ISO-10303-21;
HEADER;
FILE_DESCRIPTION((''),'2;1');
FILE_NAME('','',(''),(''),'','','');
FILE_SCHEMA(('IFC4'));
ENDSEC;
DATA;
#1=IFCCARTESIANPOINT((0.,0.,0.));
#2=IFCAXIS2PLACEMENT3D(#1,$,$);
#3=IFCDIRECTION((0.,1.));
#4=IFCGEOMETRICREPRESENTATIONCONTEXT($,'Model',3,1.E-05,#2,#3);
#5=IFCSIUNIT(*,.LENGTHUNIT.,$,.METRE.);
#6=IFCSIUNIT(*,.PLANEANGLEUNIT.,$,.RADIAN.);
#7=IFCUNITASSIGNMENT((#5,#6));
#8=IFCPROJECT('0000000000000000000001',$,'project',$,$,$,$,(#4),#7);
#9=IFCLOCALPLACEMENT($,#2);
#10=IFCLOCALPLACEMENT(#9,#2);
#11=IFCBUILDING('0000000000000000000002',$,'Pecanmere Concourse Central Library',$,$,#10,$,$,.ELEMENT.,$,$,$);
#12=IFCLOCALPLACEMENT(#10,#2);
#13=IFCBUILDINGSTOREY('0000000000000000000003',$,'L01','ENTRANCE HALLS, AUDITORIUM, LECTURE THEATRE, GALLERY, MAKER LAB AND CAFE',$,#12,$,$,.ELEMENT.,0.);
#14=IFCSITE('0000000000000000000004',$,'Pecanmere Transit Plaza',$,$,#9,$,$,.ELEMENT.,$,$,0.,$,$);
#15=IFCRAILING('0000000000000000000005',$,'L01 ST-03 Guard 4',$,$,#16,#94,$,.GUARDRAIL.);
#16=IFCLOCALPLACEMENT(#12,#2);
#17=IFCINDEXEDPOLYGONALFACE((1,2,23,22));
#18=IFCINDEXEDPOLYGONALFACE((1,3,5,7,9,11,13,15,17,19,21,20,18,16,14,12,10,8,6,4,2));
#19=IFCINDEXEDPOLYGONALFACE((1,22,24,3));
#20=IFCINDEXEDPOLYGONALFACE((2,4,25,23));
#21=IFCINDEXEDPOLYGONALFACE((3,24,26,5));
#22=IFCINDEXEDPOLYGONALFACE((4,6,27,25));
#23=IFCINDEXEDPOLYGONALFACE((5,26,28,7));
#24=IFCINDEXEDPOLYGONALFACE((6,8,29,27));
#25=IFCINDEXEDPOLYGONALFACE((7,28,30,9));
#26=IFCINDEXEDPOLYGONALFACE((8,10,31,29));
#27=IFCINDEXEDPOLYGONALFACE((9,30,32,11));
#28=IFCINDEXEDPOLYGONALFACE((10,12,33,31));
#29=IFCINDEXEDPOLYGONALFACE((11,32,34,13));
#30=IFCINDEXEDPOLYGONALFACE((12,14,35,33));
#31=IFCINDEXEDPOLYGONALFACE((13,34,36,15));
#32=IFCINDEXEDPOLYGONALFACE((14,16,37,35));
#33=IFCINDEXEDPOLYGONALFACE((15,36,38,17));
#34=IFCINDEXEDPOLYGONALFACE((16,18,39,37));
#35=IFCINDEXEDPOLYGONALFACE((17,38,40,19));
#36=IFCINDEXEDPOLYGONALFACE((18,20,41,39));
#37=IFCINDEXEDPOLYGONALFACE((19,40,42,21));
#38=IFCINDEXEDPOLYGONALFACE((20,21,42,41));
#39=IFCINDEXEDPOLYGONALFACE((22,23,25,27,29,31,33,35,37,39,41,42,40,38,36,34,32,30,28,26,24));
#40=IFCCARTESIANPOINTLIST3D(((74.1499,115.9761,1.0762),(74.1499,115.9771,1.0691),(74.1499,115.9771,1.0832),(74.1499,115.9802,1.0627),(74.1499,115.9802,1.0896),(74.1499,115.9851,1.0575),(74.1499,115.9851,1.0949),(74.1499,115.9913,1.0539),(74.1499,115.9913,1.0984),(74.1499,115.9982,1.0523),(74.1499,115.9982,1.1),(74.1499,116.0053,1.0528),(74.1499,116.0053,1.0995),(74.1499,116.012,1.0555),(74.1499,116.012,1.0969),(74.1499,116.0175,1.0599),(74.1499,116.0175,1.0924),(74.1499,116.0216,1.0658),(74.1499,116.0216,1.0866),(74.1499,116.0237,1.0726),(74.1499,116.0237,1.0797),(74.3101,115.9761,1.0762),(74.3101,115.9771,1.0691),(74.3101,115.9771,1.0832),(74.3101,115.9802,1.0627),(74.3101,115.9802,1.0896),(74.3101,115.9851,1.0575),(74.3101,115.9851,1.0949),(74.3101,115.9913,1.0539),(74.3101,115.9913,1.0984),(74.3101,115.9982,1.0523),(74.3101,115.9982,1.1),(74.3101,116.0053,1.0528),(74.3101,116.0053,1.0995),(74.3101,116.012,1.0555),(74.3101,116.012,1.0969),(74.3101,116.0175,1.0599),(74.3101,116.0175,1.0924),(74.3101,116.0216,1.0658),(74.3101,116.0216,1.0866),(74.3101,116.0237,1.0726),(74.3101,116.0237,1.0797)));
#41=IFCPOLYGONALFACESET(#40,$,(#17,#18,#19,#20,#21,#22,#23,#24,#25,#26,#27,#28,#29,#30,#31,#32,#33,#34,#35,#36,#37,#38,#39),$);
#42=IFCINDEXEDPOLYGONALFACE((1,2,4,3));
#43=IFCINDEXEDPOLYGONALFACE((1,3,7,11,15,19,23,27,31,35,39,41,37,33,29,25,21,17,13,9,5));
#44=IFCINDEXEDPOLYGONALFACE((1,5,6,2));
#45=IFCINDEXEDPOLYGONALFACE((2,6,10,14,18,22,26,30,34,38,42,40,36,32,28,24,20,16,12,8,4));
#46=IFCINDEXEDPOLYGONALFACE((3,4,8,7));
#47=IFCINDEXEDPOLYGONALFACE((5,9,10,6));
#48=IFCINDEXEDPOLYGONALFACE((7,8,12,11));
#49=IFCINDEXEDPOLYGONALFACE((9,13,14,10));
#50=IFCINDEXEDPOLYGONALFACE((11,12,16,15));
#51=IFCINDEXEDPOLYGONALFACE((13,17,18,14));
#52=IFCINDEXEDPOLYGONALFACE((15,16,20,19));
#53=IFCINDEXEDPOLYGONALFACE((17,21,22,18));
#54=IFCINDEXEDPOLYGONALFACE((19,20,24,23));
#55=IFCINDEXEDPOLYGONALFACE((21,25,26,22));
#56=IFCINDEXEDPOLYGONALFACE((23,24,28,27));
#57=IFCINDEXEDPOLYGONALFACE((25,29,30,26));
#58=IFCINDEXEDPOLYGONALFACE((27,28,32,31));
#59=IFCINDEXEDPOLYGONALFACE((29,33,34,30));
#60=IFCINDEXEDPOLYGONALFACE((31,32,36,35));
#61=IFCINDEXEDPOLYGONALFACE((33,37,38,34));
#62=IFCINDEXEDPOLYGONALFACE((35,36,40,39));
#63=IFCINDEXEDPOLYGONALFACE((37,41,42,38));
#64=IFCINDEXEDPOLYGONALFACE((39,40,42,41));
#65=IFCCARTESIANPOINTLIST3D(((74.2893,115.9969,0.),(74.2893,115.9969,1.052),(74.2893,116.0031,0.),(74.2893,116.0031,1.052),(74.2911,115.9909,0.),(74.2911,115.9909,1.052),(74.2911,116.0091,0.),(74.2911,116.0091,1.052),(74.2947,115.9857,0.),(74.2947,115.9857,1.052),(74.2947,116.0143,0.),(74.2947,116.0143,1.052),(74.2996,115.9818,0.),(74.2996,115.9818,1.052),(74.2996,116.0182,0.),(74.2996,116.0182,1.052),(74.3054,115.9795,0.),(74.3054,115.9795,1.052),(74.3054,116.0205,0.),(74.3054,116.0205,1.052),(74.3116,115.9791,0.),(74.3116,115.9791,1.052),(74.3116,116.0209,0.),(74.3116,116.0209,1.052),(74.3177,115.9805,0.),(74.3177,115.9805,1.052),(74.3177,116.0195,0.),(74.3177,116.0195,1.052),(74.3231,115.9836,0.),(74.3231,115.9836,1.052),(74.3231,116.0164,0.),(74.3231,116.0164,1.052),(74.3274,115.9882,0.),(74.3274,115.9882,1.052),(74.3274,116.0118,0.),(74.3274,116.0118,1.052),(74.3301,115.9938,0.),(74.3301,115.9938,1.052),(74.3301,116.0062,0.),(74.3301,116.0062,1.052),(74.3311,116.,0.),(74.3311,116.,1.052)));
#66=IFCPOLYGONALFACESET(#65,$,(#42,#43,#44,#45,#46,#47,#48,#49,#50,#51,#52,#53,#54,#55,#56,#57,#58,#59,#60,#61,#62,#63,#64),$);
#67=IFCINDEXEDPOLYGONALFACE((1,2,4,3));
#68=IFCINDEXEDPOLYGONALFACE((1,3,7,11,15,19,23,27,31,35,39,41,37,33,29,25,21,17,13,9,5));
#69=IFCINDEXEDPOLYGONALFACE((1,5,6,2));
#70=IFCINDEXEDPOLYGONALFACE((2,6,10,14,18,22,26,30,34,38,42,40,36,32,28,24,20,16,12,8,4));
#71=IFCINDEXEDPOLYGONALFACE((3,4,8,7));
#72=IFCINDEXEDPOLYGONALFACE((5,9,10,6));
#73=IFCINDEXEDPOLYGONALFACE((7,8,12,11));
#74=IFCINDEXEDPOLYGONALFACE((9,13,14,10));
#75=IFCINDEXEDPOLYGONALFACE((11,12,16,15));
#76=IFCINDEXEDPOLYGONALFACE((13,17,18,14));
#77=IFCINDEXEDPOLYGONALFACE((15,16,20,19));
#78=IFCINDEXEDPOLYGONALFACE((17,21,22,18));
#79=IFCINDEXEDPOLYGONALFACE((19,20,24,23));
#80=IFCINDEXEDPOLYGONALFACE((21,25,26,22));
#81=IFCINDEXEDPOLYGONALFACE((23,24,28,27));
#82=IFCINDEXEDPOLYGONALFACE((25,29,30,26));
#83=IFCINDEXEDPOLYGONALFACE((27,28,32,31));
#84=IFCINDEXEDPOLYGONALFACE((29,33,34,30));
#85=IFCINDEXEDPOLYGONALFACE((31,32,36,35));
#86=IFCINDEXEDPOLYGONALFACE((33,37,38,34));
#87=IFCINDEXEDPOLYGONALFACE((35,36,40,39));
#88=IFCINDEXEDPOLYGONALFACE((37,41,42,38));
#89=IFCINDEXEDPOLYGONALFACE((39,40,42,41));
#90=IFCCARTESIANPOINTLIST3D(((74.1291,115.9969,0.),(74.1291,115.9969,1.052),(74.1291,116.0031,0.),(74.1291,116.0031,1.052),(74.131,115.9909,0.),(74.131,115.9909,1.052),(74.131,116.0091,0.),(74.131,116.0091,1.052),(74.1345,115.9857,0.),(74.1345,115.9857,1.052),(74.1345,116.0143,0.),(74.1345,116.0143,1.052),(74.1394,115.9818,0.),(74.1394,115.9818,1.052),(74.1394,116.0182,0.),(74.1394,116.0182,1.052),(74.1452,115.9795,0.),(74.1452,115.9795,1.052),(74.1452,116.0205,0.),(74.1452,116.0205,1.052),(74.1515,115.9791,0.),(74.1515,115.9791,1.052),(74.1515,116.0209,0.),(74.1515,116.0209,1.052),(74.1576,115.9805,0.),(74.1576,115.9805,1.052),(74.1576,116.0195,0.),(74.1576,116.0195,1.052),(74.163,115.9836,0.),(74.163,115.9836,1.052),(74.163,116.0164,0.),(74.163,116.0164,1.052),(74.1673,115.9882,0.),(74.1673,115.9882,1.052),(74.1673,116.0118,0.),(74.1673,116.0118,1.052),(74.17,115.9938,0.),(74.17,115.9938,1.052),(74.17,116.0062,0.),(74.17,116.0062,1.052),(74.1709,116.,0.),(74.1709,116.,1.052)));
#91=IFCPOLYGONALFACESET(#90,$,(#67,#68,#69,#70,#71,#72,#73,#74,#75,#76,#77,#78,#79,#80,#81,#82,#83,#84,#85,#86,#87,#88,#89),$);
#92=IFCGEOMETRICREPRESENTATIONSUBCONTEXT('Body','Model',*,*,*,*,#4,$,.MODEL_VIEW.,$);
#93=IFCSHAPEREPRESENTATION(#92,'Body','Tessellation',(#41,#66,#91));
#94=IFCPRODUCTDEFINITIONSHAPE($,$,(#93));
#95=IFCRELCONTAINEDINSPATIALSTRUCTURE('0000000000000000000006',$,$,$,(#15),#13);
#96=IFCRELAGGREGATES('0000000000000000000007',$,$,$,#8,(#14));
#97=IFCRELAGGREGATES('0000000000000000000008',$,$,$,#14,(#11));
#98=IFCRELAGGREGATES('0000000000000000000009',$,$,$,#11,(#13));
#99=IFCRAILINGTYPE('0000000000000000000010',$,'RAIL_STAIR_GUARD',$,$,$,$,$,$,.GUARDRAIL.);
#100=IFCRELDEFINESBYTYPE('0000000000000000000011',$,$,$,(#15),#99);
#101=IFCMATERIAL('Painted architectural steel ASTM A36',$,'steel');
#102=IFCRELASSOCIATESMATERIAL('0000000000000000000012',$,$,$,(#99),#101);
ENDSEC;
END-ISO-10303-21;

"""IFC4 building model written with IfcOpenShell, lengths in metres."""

from ifc_helpers import new_model, si_unit, direction, frame, origin, origin_2d, place, context, subcontext, project, spatial, circle, extrude, material, type_object, element, save


model = new_model("IFC4")

# Units and contexts
model_context = context("Model", 3, precision=1e-05, world=origin(), true_north=direction((0.0, 1.0)))
body_context = subcontext(model_context, "Body", "Model", "MODEL_VIEW")
ifc_project = project(units=[si_unit("LENGTHUNIT", "METRE"), si_unit("PLANEANGLEUNIT", "RADIAN")], contexts=[model_context])

# Site, building, storey
site_placement = place(None, origin())
site = spatial("IfcSite", under=ifc_project, at=site_placement, Name="Pecanmere Transit Plaza", CompositionType="ELEMENT", RefElevation=0.0)
building_placement = place(site_placement, origin())
building = spatial("IfcBuilding", under=site, at=building_placement, Name="Pecanmere Concourse Central Library", CompositionType="ELEMENT")
storey_placement = place(building_placement, origin())
storey = spatial("IfcBuildingStorey", under=building, at=storey_placement, Name="L01", Description="ENTRANCE HALLS, AUDITORIUM, LECTURE THEATRE, GALLERY, MAKER LAB AND CAFE", CompositionType="ELEMENT", Elevation=0.0)

# Railing
ifc_material_1 = material(Name="Painted architectural steel ASTM A36", Category="steel")
railing_type = type_object("IfcRailingType", Name="RAIL_STAIR_GUARD", PredefinedType="GUARDRAIL", material=ifc_material_1)
railing_1_placement = place(storey_placement, frame((74.3101, 116.0, 0.0)))
element("IfcRailing", 1, at=railing_1_placement, inside=storey, type_object=railing_type, Name="L01 ST-03 Guard 4", PredefinedType="GUARDRAIL", context=body_context, shape_type="SweptSolid", body=[
    extrude(circle(Radius=0.0239, at=origin_2d()), frame((0.0, 0.0, 1.0762), z_axis=(-1.0, 0.0, 0.0), x_axis=(0.0, -1.0, 0.0)), (0.0, 0.0, 1.0), 0.1602),
    extrude(circle(Radius=0.021, at=origin_2d()), origin(), (0.0, 0.0, 1.0), 1.052),
    extrude(circle(Radius=0.021, at=origin_2d()), frame((-0.1602, 0.0, 0.0)), (0.0, 0.0, 1.0), 1.052),
])

save(model, "model.ifc")
